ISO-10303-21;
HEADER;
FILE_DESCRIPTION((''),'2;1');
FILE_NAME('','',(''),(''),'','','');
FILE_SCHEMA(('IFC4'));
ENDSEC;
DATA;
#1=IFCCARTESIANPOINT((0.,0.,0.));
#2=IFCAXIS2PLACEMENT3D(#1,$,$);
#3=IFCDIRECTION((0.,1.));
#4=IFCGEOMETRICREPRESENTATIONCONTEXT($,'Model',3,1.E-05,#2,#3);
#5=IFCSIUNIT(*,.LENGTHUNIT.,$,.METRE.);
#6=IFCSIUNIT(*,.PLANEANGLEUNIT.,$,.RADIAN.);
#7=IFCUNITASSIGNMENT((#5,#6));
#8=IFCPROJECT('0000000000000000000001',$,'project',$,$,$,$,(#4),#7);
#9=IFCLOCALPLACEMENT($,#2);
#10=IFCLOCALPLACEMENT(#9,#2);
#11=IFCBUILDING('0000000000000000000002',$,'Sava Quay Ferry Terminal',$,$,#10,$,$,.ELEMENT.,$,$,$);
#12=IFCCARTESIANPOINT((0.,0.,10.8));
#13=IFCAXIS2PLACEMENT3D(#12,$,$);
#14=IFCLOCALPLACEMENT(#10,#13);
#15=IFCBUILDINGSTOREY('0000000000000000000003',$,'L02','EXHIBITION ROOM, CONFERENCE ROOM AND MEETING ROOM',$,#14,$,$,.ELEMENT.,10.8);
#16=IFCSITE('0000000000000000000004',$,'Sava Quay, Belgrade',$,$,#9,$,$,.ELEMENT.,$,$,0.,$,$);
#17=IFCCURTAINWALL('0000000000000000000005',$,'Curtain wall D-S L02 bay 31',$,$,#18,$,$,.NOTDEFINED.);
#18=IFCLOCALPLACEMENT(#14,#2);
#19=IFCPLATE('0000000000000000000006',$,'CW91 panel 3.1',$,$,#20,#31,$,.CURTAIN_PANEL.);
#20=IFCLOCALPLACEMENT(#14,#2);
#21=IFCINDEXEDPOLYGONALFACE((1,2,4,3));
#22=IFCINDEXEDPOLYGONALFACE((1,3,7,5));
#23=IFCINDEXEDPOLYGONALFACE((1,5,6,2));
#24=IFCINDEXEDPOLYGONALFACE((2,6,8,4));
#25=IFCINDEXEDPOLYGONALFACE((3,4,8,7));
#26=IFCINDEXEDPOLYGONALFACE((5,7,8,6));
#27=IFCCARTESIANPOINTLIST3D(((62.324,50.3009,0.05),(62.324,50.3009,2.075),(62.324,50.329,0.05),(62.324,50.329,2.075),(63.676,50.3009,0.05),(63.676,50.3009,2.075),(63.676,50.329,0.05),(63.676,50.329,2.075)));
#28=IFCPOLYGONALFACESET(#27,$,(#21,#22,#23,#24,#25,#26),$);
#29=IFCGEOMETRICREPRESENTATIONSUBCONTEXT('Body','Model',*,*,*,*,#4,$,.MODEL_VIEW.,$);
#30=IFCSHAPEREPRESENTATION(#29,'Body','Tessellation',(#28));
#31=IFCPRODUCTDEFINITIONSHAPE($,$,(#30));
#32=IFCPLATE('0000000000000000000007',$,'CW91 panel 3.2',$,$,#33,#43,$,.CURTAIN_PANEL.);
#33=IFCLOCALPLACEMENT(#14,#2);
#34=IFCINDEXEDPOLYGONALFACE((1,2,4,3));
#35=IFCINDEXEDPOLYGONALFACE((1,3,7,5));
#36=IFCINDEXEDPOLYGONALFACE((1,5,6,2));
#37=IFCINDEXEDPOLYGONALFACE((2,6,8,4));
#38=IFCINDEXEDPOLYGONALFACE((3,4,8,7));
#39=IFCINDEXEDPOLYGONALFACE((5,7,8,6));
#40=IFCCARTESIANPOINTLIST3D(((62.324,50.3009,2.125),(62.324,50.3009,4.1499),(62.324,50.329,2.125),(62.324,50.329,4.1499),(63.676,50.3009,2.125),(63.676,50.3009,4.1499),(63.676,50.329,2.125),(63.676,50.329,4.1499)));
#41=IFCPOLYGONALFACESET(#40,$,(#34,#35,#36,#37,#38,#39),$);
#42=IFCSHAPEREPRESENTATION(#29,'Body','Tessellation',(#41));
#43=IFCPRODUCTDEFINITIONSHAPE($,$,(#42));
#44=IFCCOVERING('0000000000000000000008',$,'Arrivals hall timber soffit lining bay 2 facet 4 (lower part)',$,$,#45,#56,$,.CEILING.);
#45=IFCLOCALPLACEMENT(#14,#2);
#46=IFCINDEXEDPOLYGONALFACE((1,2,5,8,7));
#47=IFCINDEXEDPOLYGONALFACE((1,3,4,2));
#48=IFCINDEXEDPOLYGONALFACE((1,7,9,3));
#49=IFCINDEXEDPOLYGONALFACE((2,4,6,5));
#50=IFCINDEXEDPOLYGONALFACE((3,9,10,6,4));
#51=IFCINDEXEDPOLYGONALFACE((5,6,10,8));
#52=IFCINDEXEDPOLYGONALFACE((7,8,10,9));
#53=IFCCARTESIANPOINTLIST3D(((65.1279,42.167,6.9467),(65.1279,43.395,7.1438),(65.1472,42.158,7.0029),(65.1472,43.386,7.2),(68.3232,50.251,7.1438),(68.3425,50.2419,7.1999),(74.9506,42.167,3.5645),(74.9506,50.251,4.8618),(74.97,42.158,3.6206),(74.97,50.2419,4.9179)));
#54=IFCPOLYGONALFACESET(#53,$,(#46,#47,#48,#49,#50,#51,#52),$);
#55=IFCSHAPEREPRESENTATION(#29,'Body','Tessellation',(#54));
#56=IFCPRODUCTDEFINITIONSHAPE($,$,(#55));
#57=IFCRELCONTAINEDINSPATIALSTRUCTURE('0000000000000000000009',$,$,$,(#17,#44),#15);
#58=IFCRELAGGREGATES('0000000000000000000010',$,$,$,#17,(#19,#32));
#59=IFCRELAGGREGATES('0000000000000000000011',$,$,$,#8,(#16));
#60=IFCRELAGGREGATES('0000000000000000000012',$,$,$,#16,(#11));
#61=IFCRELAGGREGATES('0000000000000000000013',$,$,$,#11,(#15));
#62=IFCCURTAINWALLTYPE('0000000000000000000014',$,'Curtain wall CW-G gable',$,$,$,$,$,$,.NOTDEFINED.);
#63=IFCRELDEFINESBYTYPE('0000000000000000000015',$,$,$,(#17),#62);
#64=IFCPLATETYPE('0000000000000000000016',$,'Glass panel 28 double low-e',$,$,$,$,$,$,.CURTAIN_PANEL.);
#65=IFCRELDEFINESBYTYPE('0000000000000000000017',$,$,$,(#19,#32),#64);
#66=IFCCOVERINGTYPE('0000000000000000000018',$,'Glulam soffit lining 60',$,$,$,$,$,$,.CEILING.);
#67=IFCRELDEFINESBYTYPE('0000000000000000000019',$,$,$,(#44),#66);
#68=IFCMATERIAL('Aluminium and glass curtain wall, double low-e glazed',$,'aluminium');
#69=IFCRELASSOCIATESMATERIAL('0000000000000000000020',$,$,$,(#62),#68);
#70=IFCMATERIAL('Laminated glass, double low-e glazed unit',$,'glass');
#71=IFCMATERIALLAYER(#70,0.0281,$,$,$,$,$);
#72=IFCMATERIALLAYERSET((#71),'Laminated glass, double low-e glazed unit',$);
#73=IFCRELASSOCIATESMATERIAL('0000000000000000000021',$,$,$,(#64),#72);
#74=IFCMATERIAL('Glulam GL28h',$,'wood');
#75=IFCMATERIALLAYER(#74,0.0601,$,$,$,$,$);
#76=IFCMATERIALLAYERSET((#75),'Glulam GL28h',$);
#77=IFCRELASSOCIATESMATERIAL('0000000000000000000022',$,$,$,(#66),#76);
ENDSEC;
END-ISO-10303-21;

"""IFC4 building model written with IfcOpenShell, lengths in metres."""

from ifc_helpers import new_model, si_unit, direction, frame, origin, origin_2d, place, context, subcontext, project, spatial, polyline, rectangle, outline, extrude, material, layer, layer_set, type_object, element, aggregate, save


model = new_model("IFC4")

# Units and contexts
model_context = context("Model", 3, precision=1e-05, world=origin(), true_north=direction((0.0, 1.0)))
body_context = subcontext(model_context, "Body", "Model", "MODEL_VIEW")
ifc_project = project(units=[si_unit("LENGTHUNIT", "METRE"), si_unit("PLANEANGLEUNIT", "RADIAN")], contexts=[model_context])

# Site, building, storey
site_placement = place(None, origin())
site = spatial("IfcSite", under=ifc_project, at=site_placement, Name="Sava Quay, Belgrade", CompositionType="ELEMENT", RefElevation=0.0)
building_placement = place(site_placement, origin())
building = spatial("IfcBuilding", under=site, at=building_placement, Name="Sava Quay Ferry Terminal", CompositionType="ELEMENT")
storey_placement = place(building_placement, frame((0.0, 0.0, 10.8)))
storey = spatial("IfcBuildingStorey", under=building, at=storey_placement, Name="L02", Description="EXHIBITION ROOM, CONFERENCE ROOM AND MEETING ROOM", CompositionType="ELEMENT", Elevation=10.8)

# Curtain wall
ifc_material_1 = material(Name="Aluminium and glass curtain wall, double low-e glazed", Category="aluminium")
curtain_wall_type = type_object("IfcCurtainWallType", Name="Curtain wall CW-G gable", PredefinedType="NOTDEFINED", material=ifc_material_1)
curtain_wall_1_placement = place(storey_placement, origin())
curtain_wall_1 = element("IfcCurtainWall", 1, at=curtain_wall_1_placement, inside=storey, type_object=curtain_wall_type, Name="Curtain wall D-S L02 bay 31", PredefinedType="NOTDEFINED")

# Plates
ifc_material_2 = material(Name="Laminated glass, double low-e glazed unit", Category="glass")
ifc_layer_1 = layer(ifc_material_2, 0.0281)
ifc_layer_set_1 = layer_set([ifc_layer_1], Name="Laminated glass, double low-e glazed unit")
plate_type = type_object("IfcPlateType", Name="Glass panel 28 double low-e", PredefinedType="CURTAIN_PANEL", material=ifc_layer_set_1)
plate_1_placement = place(storey_placement, frame((63.0, 50.3149, 0.05), z_axis=(0.0, 0.0, 1.0), x_axis=(1.0, 0.0, 0.0)))
plate_1 = element("IfcPlate", 2, at=plate_1_placement, type_object=plate_type, Name="CW91 panel 3.1", PredefinedType="CURTAIN_PANEL", context=body_context, shape_type="SweptSolid", body=[
    extrude(rectangle(XDim=1.3521, YDim=0.0281, at=origin_2d()), origin(), (0.0, 0.0, 1.0), 2.0249),
])
plate_2_placement = place(storey_placement, frame((63.0, 50.3149, 2.125), z_axis=(0.0, 0.0, 1.0), x_axis=(1.0, 0.0, 0.0)))
plate_2 = element("IfcPlate", 3, at=plate_2_placement, type_object=plate_type, Name="CW91 panel 3.2", PredefinedType="CURTAIN_PANEL", context=body_context, shape_type="SweptSolid", body=[
    extrude(rectangle(XDim=1.3521, YDim=0.0281, at=origin_2d()), origin(), (0.0, 0.0, 1.0), 2.0249),
])
aggregate(curtain_wall_1, [plate_1, plate_2])

# Covering
ifc_material_3 = material(Name="Glulam GL28h", Category="wood")
ifc_layer_2 = layer(ifc_material_3, 0.0601)
ifc_layer_set_2 = layer_set([ifc_layer_2], Name="Glulam GL28h")
covering_type = type_object("IfcCoveringType", Name="Glulam soffit lining 60", PredefinedType="CEILING", material=ifc_layer_set_2)
covering_placement = place(storey_placement, frame((65.1472, 43.386, 7.2), z_axis=(0.321884, -0.150018, 0.934818), x_axis=(0.422436, 0.906393, 0.0)))
element("IfcCovering", 4, at=covering_placement, inside=storey, type_object=covering_type, Name="Arrivals hall timber soffit lining bay 2 facet 4 (lower part)", PredefinedType="CEILING", context=body_context, shape_type="SweptSolid", body=[
    extrude(outline(polyline([(0.0, 0.0), (7.564, 0.0), (10.3637, -6.4259), (3.0364, -10.079), (-1.1131, -0.5549), (0.0, 0.0)])), origin(), (0.0, 0.0, -1.0), 0.0601),
])

save(model, "model.ifc")
